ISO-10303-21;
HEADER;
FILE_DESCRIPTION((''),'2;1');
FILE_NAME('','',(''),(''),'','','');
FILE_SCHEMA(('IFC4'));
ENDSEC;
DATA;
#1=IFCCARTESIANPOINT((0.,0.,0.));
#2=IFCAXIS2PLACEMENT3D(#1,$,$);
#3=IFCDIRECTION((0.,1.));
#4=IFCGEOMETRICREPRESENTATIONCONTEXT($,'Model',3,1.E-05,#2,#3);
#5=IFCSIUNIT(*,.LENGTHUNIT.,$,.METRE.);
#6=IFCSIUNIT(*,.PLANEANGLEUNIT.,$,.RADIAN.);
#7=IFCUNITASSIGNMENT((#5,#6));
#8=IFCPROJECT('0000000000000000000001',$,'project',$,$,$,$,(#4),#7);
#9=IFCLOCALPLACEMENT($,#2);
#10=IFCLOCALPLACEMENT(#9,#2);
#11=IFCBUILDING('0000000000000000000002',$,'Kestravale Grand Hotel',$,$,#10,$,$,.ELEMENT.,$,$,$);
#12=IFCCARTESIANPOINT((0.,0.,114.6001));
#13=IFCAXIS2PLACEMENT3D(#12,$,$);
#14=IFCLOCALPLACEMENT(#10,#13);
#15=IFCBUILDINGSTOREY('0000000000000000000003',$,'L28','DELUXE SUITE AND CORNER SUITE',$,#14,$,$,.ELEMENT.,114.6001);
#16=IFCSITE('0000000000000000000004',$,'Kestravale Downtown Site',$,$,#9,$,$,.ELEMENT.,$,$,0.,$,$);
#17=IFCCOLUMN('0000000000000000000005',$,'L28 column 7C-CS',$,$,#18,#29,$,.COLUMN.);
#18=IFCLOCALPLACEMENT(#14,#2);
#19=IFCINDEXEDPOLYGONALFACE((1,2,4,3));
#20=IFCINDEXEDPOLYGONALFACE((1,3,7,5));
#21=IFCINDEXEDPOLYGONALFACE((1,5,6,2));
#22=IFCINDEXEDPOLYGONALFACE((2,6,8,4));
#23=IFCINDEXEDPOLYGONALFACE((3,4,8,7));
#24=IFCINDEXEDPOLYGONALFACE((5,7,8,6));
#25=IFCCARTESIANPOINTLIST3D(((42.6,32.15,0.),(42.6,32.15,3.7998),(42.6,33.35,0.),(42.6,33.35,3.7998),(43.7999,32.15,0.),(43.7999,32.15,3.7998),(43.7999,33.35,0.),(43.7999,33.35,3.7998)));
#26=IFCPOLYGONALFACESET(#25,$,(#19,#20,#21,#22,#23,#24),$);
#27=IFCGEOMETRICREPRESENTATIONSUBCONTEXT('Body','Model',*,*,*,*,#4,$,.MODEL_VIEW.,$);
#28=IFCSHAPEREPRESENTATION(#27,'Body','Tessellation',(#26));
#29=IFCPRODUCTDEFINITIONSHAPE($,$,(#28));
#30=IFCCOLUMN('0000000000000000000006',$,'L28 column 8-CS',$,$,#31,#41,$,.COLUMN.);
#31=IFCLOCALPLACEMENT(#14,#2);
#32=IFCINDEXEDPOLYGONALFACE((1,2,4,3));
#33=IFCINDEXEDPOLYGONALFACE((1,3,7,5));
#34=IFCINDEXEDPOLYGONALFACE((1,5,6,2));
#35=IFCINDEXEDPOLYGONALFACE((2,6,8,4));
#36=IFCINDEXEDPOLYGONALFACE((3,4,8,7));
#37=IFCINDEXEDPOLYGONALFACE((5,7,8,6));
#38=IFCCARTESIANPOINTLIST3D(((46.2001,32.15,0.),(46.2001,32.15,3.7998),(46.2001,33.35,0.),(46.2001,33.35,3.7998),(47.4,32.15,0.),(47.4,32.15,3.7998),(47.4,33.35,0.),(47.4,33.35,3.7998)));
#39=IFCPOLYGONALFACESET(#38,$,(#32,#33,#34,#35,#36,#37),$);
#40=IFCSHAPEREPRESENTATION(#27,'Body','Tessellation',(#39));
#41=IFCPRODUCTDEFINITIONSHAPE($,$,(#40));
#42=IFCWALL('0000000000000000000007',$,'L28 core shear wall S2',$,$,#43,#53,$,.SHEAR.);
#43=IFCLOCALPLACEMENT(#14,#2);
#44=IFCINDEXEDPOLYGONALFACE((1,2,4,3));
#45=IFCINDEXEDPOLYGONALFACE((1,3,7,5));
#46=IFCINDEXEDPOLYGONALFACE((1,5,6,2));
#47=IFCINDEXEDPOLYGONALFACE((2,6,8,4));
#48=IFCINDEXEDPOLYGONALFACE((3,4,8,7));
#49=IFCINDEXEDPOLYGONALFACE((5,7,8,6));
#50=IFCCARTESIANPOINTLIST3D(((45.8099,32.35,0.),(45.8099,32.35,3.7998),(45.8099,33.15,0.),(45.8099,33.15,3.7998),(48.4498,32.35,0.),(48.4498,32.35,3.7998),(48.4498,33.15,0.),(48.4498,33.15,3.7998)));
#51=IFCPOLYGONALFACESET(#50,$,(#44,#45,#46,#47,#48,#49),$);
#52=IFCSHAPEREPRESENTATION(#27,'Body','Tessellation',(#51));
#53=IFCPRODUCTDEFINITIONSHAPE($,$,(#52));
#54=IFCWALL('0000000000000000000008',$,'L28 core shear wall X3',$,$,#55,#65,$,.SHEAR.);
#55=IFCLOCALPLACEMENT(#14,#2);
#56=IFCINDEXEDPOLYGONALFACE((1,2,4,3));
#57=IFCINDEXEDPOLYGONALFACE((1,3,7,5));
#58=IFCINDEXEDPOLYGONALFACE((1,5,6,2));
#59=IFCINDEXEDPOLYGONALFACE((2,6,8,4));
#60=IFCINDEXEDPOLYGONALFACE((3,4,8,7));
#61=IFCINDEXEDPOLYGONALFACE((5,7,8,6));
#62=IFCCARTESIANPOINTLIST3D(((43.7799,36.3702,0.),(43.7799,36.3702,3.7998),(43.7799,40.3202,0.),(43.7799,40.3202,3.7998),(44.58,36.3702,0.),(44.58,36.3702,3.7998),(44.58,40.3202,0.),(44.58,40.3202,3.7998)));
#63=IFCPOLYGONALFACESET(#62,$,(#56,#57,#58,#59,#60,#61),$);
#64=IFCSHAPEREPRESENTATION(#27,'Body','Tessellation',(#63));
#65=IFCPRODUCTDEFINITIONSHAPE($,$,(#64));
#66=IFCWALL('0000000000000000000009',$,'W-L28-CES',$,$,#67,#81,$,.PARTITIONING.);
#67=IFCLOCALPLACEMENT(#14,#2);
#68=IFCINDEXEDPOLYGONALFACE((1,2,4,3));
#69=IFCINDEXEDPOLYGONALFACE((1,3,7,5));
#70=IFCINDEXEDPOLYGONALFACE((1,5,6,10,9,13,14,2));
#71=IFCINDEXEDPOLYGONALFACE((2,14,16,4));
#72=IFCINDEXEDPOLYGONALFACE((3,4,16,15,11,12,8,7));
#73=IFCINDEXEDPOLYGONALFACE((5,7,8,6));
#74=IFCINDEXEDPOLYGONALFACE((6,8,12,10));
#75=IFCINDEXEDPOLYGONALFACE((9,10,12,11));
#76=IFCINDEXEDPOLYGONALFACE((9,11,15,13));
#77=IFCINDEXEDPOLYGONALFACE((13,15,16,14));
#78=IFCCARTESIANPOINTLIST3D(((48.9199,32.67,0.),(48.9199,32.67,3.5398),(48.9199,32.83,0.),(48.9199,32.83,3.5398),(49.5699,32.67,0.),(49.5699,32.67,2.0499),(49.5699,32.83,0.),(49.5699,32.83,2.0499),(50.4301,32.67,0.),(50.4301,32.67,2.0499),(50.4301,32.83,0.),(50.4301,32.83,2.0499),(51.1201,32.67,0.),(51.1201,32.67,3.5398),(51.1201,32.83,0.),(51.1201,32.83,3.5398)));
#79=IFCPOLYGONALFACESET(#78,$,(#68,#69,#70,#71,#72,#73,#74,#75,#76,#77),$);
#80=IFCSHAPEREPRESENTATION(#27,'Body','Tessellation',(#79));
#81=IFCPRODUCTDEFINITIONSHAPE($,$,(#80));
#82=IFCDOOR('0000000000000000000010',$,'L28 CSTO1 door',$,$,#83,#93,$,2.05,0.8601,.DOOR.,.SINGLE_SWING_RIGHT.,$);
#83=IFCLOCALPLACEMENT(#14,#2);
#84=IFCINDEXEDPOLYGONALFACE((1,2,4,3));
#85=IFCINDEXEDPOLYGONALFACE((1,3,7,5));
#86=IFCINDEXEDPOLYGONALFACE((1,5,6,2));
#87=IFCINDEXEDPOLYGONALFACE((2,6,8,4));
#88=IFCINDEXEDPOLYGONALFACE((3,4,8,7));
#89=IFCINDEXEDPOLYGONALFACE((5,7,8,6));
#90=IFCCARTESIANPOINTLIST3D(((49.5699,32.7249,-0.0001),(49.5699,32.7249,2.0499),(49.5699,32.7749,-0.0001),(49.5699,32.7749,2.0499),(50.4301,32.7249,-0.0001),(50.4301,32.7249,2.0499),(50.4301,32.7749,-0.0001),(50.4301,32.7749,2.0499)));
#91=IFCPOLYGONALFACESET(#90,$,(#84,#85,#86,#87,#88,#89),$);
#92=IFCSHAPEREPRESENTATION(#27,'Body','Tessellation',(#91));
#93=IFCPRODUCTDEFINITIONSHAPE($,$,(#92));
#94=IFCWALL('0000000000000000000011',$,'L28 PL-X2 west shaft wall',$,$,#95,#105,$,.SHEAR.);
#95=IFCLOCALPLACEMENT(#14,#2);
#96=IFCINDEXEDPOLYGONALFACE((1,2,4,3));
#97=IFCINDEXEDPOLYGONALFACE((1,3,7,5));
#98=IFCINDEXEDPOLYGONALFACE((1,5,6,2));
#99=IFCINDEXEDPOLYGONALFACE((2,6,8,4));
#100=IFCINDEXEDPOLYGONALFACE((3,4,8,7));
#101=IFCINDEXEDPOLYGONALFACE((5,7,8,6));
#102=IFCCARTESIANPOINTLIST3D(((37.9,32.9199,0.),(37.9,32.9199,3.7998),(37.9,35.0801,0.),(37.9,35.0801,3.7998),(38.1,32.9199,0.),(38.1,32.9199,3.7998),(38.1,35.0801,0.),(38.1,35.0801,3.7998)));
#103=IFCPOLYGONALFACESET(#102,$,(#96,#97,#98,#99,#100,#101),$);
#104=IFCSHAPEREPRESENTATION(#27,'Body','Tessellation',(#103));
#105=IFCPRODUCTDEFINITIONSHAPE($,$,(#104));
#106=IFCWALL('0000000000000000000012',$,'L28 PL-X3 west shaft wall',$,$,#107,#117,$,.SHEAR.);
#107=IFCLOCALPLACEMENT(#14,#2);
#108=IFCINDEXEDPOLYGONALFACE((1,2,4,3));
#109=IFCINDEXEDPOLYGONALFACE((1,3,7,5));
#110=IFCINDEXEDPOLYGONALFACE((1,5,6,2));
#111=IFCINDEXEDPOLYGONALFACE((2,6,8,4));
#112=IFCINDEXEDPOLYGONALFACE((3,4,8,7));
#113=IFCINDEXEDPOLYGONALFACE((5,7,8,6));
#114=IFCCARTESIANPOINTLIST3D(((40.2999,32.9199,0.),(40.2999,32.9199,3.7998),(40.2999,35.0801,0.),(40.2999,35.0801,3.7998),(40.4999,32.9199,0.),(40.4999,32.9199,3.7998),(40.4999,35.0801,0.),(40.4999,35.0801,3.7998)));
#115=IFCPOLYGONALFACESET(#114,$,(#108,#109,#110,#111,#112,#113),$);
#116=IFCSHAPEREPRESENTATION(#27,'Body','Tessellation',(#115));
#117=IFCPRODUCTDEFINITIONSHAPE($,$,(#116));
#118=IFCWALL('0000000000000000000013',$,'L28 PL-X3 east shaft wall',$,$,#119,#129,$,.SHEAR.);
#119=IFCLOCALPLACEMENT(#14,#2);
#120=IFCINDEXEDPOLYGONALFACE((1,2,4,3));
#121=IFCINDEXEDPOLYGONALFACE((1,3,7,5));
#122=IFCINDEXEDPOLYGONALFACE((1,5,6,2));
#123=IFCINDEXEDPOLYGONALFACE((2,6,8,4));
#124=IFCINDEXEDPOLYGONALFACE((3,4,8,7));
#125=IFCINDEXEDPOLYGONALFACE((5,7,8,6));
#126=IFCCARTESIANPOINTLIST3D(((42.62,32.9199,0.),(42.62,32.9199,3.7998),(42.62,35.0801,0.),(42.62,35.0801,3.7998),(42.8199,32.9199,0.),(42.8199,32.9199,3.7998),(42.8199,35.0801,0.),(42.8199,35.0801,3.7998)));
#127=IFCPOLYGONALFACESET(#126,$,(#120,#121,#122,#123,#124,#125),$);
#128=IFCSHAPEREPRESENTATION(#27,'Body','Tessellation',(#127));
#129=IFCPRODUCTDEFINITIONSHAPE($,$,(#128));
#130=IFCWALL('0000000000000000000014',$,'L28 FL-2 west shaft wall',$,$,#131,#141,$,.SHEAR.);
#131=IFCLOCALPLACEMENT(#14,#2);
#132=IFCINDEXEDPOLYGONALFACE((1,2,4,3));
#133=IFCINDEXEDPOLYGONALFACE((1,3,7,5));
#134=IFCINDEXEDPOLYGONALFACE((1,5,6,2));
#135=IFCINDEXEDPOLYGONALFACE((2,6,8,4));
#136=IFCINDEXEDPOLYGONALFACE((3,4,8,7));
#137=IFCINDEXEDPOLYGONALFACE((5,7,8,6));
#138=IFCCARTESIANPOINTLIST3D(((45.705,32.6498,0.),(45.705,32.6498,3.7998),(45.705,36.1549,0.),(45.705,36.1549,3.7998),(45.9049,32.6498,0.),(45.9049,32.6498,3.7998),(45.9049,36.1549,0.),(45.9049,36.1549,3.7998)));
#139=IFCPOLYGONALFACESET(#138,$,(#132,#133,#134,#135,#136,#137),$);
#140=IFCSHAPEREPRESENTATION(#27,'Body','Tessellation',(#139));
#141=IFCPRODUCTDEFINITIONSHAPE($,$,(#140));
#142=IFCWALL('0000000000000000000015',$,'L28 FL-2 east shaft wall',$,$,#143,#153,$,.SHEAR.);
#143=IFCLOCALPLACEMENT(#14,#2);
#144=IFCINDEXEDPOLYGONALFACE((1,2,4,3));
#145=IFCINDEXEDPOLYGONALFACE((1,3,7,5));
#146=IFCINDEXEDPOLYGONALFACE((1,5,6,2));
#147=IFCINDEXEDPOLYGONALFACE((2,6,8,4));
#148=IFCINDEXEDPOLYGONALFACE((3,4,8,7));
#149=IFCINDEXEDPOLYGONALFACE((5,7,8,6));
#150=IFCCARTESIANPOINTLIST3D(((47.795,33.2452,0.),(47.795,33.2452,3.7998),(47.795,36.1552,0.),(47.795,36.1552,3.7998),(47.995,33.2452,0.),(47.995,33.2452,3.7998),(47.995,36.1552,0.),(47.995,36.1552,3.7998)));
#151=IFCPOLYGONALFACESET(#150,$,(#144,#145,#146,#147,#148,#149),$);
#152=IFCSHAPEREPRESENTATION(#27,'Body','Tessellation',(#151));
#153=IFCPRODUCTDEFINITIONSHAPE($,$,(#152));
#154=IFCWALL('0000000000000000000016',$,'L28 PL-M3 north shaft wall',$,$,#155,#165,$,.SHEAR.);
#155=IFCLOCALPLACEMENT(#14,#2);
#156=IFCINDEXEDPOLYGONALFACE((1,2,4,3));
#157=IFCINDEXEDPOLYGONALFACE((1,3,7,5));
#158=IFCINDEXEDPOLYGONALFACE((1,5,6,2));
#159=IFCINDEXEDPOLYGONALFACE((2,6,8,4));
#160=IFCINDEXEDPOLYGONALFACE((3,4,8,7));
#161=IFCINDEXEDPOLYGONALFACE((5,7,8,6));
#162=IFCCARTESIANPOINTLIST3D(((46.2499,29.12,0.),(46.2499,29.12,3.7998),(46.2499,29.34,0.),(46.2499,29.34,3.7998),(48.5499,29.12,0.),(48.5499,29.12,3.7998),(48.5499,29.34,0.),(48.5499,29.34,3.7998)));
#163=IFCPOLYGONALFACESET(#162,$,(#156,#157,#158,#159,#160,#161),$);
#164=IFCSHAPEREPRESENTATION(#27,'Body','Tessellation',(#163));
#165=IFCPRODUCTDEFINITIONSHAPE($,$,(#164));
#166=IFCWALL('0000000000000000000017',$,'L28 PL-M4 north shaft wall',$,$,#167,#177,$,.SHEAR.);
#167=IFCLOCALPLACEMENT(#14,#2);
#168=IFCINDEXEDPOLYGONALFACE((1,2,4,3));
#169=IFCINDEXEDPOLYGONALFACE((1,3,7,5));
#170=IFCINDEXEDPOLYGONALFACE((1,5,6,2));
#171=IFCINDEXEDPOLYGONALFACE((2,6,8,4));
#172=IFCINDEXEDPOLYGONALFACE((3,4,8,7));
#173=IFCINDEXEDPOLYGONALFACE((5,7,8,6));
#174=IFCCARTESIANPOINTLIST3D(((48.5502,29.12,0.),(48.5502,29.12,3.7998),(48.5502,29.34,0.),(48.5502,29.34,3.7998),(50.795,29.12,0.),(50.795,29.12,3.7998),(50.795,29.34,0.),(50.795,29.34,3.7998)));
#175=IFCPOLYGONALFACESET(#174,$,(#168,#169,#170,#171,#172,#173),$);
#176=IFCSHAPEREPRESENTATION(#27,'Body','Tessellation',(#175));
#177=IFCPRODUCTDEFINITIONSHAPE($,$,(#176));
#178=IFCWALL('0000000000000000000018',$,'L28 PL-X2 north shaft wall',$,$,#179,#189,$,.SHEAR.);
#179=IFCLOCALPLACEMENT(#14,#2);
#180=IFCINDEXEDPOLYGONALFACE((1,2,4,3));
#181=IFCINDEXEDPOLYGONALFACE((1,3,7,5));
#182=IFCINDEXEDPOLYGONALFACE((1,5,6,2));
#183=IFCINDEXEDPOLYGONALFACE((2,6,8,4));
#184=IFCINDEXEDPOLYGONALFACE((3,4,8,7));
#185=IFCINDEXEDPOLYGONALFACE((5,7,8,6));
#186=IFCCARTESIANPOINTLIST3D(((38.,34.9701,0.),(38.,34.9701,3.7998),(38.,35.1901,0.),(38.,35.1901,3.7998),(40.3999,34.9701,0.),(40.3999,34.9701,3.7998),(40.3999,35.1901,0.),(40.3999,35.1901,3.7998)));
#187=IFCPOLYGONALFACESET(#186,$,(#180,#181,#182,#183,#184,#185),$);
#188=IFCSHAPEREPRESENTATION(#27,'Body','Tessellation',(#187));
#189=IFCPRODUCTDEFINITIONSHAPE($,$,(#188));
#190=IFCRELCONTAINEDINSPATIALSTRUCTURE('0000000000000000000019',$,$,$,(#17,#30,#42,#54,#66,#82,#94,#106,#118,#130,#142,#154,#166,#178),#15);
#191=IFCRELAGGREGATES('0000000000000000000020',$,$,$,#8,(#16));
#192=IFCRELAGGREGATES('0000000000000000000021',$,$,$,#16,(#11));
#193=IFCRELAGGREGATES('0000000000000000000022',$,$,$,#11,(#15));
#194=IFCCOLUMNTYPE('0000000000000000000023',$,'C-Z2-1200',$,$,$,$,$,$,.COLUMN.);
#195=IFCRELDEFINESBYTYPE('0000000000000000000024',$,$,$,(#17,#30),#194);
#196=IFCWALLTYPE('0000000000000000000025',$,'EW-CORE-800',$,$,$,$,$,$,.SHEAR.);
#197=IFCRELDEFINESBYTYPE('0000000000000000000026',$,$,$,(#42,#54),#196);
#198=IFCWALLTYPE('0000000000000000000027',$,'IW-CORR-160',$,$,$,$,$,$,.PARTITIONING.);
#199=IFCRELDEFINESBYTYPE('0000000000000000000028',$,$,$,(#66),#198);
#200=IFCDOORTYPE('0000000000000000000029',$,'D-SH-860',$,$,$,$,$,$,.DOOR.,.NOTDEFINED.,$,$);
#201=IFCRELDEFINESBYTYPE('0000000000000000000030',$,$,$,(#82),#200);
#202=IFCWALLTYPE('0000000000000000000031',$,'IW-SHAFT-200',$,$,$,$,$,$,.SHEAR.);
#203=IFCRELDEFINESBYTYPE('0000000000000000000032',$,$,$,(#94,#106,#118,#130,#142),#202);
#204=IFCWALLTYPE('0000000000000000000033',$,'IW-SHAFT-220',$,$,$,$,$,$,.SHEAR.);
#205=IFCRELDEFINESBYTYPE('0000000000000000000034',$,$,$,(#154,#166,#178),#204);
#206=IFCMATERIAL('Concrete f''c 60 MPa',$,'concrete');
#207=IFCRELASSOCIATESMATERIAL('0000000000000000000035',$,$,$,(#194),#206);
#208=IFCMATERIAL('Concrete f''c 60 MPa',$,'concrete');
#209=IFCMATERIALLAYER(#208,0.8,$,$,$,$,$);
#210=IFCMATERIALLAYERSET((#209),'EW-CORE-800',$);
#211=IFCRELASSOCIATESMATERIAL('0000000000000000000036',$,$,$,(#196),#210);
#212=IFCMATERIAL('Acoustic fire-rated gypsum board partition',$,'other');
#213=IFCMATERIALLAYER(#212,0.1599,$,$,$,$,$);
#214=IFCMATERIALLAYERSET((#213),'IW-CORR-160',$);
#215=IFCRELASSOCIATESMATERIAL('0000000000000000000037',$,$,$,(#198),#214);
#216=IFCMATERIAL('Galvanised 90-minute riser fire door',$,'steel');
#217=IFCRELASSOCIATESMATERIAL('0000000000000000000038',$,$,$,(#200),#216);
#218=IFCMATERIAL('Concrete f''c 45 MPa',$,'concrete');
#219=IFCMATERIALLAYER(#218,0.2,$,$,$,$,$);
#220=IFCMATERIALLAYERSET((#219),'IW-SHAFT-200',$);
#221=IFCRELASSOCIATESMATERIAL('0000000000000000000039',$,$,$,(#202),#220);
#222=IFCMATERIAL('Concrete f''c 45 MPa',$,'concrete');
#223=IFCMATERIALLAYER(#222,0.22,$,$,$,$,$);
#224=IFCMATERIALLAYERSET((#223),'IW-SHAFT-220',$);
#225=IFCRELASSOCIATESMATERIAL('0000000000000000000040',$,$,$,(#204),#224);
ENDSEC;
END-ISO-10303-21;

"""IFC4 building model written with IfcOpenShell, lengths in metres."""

from ifc_helpers import new_model, si_unit, direction, frame, frame_2d, origin, origin_2d, place, context, subcontext, project, spatial, rectangle, extrude, material, layer, layer_set, material_profile, profile_set, type_object, element, fill, save


model = new_model("IFC4")

# Units and contexts
model_context = context("Model", 3, precision=1e-05, world=origin(), true_north=direction((0.0, 1.0)))
body_context = subcontext(model_context, "Body", "Model", "MODEL_VIEW")
ifc_project = project(units=[si_unit("LENGTHUNIT", "METRE"), si_unit("PLANEANGLEUNIT", "RADIAN")], contexts=[model_context])

# Site, building, storey
site_placement = place(None, origin())
site = spatial("IfcSite", under=ifc_project, at=site_placement, Name="Kestravale Downtown Site", CompositionType="ELEMENT", RefElevation=0.0)
building_placement = place(site_placement, origin())
building = spatial("IfcBuilding", under=site, at=building_placement, Name="Kestravale Grand Hotel", CompositionType="ELEMENT")
storey_placement = place(building_placement, frame((0.0, 0.0, 114.6001)))
storey = spatial("IfcBuildingStorey", under=building, at=storey_placement, Name="L28", Description="DELUXE SUITE AND CORNER SUITE", CompositionType="ELEMENT", Elevation=114.6001)

# Columns
ifc_material_1 = material(Name="Concrete f'c 60 MPa", Category="concrete")
ifc_material_profile = material_profile(ifc_material_1, rectangle(XDim=1.2, YDim=1.2, at=origin_2d()))
ifc_profile_set = profile_set([ifc_material_profile], Name="Concrete f'c 60 MPa")
column_type = type_object("IfcColumnType", Name="C-Z2-1200", PredefinedType="COLUMN", material=ifc_profile_set)
for number, where, z_axis, x_axis, name in (
    (1, (43.2, 32.75, 0.0), (0.0, 0.0, 1.0), (1.0, 0.0, 0.0), "L28 column 7C-CS"),
    (2, (46.8, 32.75, 0.0), (0.0, 0.0, 1.0), (1.0, 0.0, 0.0), "L28 column 8-CS"),
):
    element("IfcColumn", number, at=place(storey_placement, frame(where, z_axis=z_axis, x_axis=x_axis)), inside=storey, type_object=column_type, Name=name, PredefinedType="COLUMN", context=body_context, shape_type="SweptSolid", body=[
        extrude(rectangle(XDim=1.2, YDim=1.2, at=origin_2d()), origin(), (0.0, 0.0, 1.0), 3.7998),
    ])

# Walls
ifc_material_2 = material(Name="Concrete f'c 60 MPa", Category="concrete")
ifc_layer_1 = layer(ifc_material_2, 0.8)
ifc_layer_set_1 = layer_set([ifc_layer_1], Name="EW-CORE-800")
wall_type_1 = type_object("IfcWallType", Name="EW-CORE-800", PredefinedType="SHEAR", material=ifc_layer_set_1)
wall_1_placement = place(storey_placement, frame((45.8101, 32.75, 0.0), z_axis=(0.0, 0.0, 1.0), x_axis=(1.0, 0.0, 0.0)))
element("IfcWall", 3, at=wall_1_placement, inside=storey, type_object=wall_type_1, Name="L28 core shear wall S2", PredefinedType="SHEAR", context=body_context, shape_type="SweptSolid", body=[
    extrude(rectangle(XDim=2.6399, YDim=0.8, at=frame_2d((1.3198, 0.0))), origin(), (0.0, 0.0, 1.0), 3.7998),
])
wall_2_placement = place(storey_placement, frame((44.1799, 36.3701, 0.0), z_axis=(0.0, 0.0, 1.0), x_axis=(0.0, 1.0, 0.0)))
element("IfcWall", 4, at=wall_2_placement, inside=storey, type_object=wall_type_1, Name="L28 core shear wall X3", PredefinedType="SHEAR", context=body_context, shape_type="SweptSolid", body=[
    extrude(rectangle(XDim=3.95, YDim=0.8, at=frame_2d((1.9751, 0.0))), origin(), (0.0, 0.0, 1.0), 3.7998),
])

# Wall, opening, door
ifc_material_3 = material(Name="Acoustic fire-rated gypsum board partition", Category="other")
ifc_layer_2 = layer(ifc_material_3, 0.1599)
ifc_layer_set_2 = layer_set([ifc_layer_2], Name="IW-CORR-160")
wall_type_2 = type_object("IfcWallType", Name="IW-CORR-160", PredefinedType="PARTITIONING", material=ifc_layer_set_2)
wall_3_placement = place(storey_placement, frame((48.9199, 32.75, 0.0), z_axis=(0.0, 0.0, 1.0), x_axis=(1.0, 0.0, 0.0)))
wall_3 = element("IfcWall", 5, at=wall_3_placement, inside=storey, type_object=wall_type_2, Name="W-L28-CES", PredefinedType="PARTITIONING", context=body_context, shape_type="SweptSolid", body=[
    extrude(rectangle(XDim=2.2002, YDim=0.1599, at=frame_2d((1.1001, 0.0))), origin(), (0.0, 0.0, 1.0), 3.5398),
])
opening_1_placement = place(wall_3_placement, frame((0.6499, 0.0, 0.0)))
opening_1 = element("IfcOpeningElement", 6, at=opening_1_placement, cuts=wall_3, PredefinedType="OPENING", context=body_context, shape_type="SweptSolid", body=[
    extrude(rectangle(XDim=0.8601, YDim=2.05, at=frame_2d((0.4302, 1.0249))), frame((0.0, 0.0898, 0.0), z_axis=(0.0, -1.0, 0.0), x_axis=(1.0, 0.0, 0.0)), (0.0, 0.0, 1.0), 0.1799),
])
ifc_material_4 = material(Name="Galvanised 90-minute riser fire door", Category="steel")
door_type_1 = type_object("IfcDoorType", Name="D-SH-860", OperationType="NOTDEFINED", PredefinedType="DOOR", material=ifc_material_4)
door_1_placement = place(opening_1_placement, origin())
door_1 = element("IfcDoor", 7, at=door_1_placement, inside=storey, type_object=door_type_1, Name="L28 CSTO1 door", OperationType="SINGLE_SWING_RIGHT", OverallHeight=2.05, OverallWidth=0.8601, PredefinedType="DOOR", context=body_context, shape_type="SweptSolid", body=[
    extrude(rectangle(XDim=0.8601, YDim=2.05, at=frame_2d((0.4302, 1.0249))), frame((0.0, 0.0249, 0.0), z_axis=(0.0, -1.0, 0.0), x_axis=(1.0, 0.0, 0.0)), (0.0, 0.0, 1.0), 0.05),
])
fill(opening_1, door_1)

# Walls
ifc_material_5 = material(Name="Concrete f'c 45 MPa", Category="concrete")
ifc_layer_3 = layer(ifc_material_5, 0.2)
ifc_layer_set_3 = layer_set([ifc_layer_3], Name="IW-SHAFT-200")
wall_type_3 = type_object("IfcWallType", Name="IW-SHAFT-200", PredefinedType="SHEAR", material=ifc_layer_set_3)
for number, where, z_axis, x_axis, name in (
    (8, (38.0, 32.9199, 0.0), (0.0, 0.0, 1.0), (0.0, 1.0, 0.0), "L28 PL-X2 west shaft wall"),
    (9, (40.3999, 32.9199, 0.0), (0.0, 0.0, 1.0), (0.0, 1.0, 0.0), "L28 PL-X3 west shaft wall"),
    (10, (42.72, 32.9199, 0.0), (0.0, 0.0, 1.0), (0.0, 1.0, 0.0), "L28 PL-X3 east shaft wall"),
):
    element("IfcWall", number, at=place(storey_placement, frame(where, z_axis=z_axis, x_axis=x_axis)), inside=storey, type_object=wall_type_3, Name=name, PredefinedType="SHEAR", context=body_context, shape_type="SweptSolid", body=[
        extrude(rectangle(XDim=2.1602, YDim=0.2, at=frame_2d((1.0801, 0.0))), origin(), (0.0, 0.0, 1.0), 3.7998),
    ])
wall_4_placement = place(storey_placement, frame((45.8049, 32.6499, 0.0), z_axis=(0.0, 0.0, 1.0), x_axis=(0.0, 1.0, 0.0)))
element("IfcWall", 11, at=wall_4_placement, inside=storey, type_object=wall_type_3, Name="L28 FL-2 west shaft wall", PredefinedType="SHEAR", context=body_context, shape_type="SweptSolid", body=[
    extrude(rectangle(XDim=3.5051, YDim=0.2, at=frame_2d((1.7524, 0.0))), origin(), (0.0, 0.0, 1.0), 3.7998),
])
wall_5_placement = place(storey_placement, frame((47.895, 33.2451, 0.0), z_axis=(0.0, 0.0, 1.0), x_axis=(0.0, 1.0, 0.0)))
element("IfcWall", 12, at=wall_5_placement, inside=storey, type_object=wall_type_3, Name="L28 FL-2 east shaft wall", PredefinedType="SHEAR", context=body_context, shape_type="SweptSolid", body=[
    extrude(rectangle(XDim=2.9099, YDim=0.2, at=frame_2d((1.4551, 0.0))), origin(), (0.0, 0.0, 1.0), 3.7998),
])
ifc_material_6 = material(Name="Concrete f'c 45 MPa", Category="concrete")
ifc_layer_4 = layer(ifc_material_6, 0.22)
ifc_layer_set_4 = layer_set([ifc_layer_4], Name="IW-SHAFT-220")
wall_type_4 = type_object("IfcWallType", Name="IW-SHAFT-220", PredefinedType="SHEAR", material=ifc_layer_set_4)
wall_6_placement = place(storey_placement, frame((46.25, 29.23, 0.0), z_axis=(0.0, 0.0, 1.0), x_axis=(1.0, 0.0, 0.0)))
element("IfcWall", 13, at=wall_6_placement, inside=storey, type_object=wall_type_4, Name="L28 PL-M3 north shaft wall", PredefinedType="SHEAR", context=body_context, shape_type="SweptSolid", body=[
    extrude(rectangle(XDim=2.3, YDim=0.22, at=frame_2d((1.1499, 0.0))), origin(), (0.0, 0.0, 1.0), 3.7998),
])
wall_7_placement = place(storey_placement, frame((48.55, 29.23, 0.0), z_axis=(0.0, 0.0, 1.0), x_axis=(1.0, 0.0, 0.0)))
element("IfcWall", 14, at=wall_7_placement, inside=storey, type_object=wall_type_4, Name="L28 PL-M4 north shaft wall", PredefinedType="SHEAR", context=body_context, shape_type="SweptSolid", body=[
    extrude(rectangle(XDim=2.2449, YDim=0.22, at=frame_2d((1.1226, 0.0))), origin(), (0.0, 0.0, 1.0), 3.7998),
])
for number, where, z_axis, x_axis, name in (
    (15, (38.0, 35.0801, 0.0), (0.0, 0.0, 1.0), (1.0, 0.0, 0.0), "L28 PL-X2 north shaft wall"),
):
    element("IfcWall", number, at=place(storey_placement, frame(where, z_axis=z_axis, x_axis=x_axis)), inside=storey, type_object=wall_type_4, Name=name, PredefinedType="SHEAR", context=body_context, shape_type="SweptSolid", body=[
        extrude(rectangle(XDim=2.3999, YDim=0.22, at=frame_2d((1.2, 0.0))), origin(), (0.0, 0.0, 1.0), 3.7998),
    ])

save(model, "model.ifc")
